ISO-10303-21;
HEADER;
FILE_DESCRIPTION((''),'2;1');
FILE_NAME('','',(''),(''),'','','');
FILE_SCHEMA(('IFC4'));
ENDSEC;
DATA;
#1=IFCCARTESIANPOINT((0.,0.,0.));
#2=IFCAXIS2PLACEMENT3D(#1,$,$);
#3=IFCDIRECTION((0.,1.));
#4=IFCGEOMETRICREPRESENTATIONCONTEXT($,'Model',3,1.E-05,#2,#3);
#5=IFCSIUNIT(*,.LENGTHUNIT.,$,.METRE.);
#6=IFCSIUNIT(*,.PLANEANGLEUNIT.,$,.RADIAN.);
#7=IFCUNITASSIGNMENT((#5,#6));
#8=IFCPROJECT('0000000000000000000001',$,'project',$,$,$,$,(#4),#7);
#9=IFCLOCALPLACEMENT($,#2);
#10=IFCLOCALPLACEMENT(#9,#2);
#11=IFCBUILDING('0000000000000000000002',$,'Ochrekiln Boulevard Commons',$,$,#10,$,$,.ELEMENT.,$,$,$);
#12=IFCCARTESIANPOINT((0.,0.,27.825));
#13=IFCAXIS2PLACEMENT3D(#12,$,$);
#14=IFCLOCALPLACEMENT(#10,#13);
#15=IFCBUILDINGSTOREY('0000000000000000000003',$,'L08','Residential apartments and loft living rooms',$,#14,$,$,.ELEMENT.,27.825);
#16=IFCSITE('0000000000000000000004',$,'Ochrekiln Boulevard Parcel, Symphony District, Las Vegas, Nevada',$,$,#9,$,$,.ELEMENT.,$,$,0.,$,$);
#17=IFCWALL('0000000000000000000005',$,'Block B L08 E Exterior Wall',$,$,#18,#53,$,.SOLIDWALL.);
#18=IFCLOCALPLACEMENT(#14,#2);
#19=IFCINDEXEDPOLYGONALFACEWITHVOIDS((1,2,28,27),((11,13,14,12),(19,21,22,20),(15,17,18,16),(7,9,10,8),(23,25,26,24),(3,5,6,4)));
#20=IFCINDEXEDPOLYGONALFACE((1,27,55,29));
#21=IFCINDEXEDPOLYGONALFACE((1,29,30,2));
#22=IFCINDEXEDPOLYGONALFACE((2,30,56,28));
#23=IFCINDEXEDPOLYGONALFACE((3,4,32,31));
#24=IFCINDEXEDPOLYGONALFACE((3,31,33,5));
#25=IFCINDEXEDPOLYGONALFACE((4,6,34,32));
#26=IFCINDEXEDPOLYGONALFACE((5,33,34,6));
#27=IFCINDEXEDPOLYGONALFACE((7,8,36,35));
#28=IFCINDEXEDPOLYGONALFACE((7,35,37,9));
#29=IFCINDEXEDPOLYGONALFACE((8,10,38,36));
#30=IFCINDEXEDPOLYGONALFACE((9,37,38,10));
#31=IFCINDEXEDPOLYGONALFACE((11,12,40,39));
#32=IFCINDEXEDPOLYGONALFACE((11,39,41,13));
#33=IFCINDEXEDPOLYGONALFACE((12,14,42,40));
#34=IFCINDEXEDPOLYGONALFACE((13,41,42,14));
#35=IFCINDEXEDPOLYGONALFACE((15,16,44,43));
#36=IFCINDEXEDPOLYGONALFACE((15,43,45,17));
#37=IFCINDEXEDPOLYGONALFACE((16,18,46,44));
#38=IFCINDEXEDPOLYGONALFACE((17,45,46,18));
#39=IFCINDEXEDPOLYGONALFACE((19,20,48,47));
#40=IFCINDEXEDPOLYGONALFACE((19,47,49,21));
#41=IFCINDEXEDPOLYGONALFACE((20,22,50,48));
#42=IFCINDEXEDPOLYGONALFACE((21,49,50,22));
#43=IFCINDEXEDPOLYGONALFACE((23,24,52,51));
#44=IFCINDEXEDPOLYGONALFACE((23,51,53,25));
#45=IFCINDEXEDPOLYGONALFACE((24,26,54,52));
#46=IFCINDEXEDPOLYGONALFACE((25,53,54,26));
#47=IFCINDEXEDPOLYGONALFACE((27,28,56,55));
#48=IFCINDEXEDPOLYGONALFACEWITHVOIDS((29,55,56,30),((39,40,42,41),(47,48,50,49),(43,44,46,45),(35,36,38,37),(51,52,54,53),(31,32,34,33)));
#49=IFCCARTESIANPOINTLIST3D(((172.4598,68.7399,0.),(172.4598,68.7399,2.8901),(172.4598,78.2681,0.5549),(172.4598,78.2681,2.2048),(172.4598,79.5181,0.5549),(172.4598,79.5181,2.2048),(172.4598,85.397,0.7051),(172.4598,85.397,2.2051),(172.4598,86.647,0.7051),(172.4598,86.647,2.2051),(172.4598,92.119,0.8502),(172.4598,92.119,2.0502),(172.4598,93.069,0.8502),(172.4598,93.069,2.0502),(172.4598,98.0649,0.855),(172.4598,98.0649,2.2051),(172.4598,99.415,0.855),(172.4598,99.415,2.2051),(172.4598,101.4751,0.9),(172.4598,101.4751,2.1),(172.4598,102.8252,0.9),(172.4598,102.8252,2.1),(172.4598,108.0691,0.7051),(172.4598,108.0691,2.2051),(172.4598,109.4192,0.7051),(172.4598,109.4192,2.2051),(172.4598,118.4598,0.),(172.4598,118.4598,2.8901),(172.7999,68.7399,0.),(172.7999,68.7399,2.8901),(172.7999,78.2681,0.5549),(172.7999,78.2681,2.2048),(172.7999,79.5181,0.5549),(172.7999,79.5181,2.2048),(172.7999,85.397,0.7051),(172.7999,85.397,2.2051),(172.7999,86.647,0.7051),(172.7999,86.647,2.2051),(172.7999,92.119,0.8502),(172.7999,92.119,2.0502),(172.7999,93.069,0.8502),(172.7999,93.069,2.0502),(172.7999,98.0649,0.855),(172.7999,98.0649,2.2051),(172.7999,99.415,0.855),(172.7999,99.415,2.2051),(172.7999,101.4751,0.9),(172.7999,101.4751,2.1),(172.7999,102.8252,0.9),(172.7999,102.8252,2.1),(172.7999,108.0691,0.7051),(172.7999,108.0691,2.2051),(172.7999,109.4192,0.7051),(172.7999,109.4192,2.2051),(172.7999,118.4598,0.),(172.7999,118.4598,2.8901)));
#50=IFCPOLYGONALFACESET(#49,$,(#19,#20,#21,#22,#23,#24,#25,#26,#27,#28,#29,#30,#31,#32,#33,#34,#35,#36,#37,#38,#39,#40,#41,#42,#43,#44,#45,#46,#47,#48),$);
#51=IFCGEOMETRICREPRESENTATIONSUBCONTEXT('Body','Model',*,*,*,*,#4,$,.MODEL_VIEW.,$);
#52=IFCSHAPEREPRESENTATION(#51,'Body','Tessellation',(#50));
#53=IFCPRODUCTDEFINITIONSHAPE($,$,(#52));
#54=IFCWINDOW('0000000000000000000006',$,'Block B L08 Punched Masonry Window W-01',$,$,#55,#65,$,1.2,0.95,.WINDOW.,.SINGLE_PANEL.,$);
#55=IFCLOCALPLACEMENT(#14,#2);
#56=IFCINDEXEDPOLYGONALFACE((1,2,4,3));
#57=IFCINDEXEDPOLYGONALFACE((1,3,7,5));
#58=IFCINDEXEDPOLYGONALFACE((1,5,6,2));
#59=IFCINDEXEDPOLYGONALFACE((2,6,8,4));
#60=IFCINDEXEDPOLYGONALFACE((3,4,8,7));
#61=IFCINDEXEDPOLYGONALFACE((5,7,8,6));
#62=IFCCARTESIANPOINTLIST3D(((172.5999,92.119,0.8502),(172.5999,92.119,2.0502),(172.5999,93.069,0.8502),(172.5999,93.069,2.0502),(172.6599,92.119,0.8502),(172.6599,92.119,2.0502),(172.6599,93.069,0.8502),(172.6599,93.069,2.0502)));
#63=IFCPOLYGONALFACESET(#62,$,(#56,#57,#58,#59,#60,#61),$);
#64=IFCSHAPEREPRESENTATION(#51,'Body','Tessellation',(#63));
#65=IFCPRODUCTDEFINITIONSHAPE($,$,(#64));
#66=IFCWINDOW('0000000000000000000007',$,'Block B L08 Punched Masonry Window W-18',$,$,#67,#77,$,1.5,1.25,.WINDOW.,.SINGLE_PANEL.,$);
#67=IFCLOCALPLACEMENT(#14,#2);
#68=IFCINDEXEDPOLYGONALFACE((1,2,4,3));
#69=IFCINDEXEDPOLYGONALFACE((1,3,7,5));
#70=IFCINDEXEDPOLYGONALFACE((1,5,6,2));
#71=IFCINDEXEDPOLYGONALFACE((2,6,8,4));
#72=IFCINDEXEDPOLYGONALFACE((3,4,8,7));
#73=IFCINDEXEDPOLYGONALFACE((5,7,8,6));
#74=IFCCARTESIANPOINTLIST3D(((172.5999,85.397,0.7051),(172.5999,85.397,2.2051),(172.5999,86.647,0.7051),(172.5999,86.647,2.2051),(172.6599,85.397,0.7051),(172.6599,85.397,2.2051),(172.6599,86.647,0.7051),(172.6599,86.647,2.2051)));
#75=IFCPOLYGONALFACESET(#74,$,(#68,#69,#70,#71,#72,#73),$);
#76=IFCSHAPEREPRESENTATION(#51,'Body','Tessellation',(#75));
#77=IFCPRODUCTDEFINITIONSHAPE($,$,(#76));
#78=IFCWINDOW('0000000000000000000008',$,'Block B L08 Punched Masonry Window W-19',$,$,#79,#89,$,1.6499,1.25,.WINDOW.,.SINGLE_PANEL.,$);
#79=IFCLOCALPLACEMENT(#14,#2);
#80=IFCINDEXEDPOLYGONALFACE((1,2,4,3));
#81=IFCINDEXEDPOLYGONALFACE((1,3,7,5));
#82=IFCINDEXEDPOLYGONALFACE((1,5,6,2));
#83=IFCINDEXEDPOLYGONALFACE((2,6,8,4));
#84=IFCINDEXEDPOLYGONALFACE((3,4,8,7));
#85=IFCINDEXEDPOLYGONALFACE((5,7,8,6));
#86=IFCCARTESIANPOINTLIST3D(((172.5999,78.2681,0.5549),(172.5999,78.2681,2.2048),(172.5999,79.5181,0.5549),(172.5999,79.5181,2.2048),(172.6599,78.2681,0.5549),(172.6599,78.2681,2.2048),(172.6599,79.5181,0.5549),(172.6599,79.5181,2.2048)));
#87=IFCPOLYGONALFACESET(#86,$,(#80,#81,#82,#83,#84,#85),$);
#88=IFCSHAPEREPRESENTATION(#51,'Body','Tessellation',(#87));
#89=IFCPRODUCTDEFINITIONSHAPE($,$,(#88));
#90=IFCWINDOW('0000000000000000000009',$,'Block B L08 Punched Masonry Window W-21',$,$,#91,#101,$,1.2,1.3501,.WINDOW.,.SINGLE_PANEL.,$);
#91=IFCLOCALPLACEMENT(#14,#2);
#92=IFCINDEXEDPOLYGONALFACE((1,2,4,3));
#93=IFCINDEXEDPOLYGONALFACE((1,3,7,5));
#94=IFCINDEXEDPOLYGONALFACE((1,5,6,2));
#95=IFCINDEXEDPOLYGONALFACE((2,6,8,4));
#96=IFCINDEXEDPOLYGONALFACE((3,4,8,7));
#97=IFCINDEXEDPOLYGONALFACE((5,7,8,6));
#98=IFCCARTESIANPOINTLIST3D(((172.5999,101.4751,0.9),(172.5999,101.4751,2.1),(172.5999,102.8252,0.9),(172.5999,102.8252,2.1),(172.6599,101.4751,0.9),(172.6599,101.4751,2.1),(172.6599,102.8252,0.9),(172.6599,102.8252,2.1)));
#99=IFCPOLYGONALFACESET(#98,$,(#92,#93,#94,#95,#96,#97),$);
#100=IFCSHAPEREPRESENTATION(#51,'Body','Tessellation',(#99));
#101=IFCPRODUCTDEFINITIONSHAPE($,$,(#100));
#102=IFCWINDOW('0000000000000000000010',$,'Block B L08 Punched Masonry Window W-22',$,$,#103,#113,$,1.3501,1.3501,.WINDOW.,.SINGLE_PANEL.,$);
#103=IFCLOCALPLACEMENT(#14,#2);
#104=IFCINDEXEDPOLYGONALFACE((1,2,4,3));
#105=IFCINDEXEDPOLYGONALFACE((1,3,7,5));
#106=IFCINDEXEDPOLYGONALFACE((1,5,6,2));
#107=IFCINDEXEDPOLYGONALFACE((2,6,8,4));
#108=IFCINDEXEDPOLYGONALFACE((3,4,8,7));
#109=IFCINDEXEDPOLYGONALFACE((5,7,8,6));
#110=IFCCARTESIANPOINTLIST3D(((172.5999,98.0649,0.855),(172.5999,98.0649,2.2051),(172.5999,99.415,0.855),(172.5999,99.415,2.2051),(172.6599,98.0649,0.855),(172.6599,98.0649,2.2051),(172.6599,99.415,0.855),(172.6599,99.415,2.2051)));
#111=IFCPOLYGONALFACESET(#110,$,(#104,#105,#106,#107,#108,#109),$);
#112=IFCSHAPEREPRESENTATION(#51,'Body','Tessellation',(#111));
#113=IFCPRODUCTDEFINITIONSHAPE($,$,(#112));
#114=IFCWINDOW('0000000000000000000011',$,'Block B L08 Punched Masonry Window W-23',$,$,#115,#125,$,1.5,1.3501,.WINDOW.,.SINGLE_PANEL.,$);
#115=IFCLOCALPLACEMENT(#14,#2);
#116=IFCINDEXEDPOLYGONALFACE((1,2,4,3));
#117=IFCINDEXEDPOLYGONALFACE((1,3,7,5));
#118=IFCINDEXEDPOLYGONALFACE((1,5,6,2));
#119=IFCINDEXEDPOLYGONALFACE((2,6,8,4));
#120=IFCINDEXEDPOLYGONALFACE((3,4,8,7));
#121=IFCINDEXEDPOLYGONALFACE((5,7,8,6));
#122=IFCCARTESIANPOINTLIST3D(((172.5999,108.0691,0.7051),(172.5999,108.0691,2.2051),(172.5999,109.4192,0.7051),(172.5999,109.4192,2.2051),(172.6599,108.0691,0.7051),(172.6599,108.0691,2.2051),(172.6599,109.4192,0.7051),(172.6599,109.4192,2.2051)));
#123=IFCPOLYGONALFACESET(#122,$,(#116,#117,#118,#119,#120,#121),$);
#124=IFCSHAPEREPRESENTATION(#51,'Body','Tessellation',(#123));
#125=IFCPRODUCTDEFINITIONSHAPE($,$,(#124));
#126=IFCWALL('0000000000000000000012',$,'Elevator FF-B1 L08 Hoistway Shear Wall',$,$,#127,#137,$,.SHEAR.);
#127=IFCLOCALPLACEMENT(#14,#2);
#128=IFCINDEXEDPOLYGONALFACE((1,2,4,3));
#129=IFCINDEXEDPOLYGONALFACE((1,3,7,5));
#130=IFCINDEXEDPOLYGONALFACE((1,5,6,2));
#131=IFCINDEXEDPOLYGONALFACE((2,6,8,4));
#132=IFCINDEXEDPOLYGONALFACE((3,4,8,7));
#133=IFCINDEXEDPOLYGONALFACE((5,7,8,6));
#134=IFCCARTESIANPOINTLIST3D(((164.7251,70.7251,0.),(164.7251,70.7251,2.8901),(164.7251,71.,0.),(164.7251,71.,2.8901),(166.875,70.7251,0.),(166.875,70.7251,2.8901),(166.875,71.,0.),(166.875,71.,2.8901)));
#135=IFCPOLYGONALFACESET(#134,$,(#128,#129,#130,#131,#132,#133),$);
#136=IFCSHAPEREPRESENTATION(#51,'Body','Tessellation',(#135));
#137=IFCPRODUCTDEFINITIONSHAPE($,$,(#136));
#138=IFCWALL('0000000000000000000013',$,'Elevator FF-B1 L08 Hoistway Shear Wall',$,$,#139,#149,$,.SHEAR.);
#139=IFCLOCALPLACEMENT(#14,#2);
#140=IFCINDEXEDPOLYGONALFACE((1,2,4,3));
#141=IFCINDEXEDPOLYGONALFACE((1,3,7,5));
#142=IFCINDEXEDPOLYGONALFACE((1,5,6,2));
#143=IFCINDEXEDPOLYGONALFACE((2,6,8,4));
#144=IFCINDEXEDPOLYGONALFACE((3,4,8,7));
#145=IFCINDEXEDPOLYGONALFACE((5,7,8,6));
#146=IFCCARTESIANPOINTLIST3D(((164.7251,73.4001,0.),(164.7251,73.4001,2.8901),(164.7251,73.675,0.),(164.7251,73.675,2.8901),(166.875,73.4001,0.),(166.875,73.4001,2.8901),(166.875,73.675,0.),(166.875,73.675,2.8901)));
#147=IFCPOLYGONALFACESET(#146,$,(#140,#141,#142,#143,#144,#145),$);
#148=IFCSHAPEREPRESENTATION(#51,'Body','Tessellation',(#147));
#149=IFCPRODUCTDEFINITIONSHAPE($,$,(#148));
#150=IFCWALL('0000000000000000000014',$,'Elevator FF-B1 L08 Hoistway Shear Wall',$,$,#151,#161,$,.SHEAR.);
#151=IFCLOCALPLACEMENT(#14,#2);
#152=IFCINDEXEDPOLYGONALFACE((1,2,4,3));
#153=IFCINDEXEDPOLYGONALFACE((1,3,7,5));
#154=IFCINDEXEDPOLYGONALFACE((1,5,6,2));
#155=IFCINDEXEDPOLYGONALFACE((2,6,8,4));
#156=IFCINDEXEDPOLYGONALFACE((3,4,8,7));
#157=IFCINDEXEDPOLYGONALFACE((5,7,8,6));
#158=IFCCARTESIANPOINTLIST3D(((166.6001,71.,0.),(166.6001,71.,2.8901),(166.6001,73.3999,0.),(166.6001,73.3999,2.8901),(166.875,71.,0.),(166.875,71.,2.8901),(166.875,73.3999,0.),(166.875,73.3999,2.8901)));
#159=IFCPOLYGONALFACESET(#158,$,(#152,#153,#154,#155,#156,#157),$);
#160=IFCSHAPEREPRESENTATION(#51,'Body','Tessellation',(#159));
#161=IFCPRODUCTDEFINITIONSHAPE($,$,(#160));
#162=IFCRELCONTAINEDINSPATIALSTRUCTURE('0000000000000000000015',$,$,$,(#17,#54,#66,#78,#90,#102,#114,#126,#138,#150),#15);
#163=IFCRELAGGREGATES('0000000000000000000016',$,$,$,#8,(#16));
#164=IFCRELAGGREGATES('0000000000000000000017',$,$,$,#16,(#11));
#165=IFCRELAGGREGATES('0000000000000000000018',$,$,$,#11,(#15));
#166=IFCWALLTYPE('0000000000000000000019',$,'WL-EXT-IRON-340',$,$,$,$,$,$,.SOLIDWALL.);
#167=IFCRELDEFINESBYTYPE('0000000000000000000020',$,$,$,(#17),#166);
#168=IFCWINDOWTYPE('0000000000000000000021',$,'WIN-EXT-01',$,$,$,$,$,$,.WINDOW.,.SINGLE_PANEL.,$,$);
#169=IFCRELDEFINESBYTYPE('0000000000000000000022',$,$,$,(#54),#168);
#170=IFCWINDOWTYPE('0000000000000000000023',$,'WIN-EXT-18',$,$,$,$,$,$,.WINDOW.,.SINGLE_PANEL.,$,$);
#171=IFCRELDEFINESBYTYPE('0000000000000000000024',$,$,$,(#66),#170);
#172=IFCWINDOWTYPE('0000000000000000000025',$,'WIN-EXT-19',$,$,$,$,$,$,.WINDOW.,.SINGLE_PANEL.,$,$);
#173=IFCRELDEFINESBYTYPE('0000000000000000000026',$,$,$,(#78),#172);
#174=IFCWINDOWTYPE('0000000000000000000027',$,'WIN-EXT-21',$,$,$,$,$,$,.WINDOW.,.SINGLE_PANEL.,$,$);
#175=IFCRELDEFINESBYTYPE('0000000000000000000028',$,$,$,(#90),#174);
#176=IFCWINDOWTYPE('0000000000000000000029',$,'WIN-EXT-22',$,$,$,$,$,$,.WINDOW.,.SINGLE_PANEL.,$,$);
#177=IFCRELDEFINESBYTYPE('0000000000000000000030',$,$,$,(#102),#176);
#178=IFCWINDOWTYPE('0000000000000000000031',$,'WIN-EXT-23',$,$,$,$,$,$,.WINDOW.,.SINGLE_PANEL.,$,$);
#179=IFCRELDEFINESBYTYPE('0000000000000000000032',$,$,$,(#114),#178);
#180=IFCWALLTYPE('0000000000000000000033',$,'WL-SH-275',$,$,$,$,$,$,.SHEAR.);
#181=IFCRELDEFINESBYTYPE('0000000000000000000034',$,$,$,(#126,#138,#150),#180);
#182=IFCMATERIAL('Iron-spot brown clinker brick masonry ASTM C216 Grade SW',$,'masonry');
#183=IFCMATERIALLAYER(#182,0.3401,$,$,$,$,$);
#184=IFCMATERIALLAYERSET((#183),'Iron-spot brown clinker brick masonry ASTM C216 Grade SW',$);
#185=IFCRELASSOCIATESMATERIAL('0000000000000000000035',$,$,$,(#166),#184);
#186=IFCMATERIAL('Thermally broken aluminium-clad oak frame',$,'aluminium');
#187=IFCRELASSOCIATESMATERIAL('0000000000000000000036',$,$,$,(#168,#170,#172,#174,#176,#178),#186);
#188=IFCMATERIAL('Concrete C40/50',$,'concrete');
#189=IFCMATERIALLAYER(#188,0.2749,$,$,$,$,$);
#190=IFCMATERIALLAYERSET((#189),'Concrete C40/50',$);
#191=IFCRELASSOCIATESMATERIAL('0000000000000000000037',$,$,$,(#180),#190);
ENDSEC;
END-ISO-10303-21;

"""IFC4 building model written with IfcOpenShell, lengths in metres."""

from ifc_helpers import new_model, si_unit, direction, frame, frame_2d, origin, place, context, subcontext, project, spatial, rectangle, extrude, material, layer, layer_set, type_object, element, fill, save


model = new_model("IFC4")

# Units and contexts
model_context = context("Model", 3, precision=1e-05, world=origin(), true_north=direction((0.0, 1.0)))
body_context = subcontext(model_context, "Body", "Model", "MODEL_VIEW")
ifc_project = project(units=[si_unit("LENGTHUNIT", "METRE"), si_unit("PLANEANGLEUNIT", "RADIAN")], contexts=[model_context])

# Site, building, storey
site_placement = place(None, origin())
site = spatial("IfcSite", under=ifc_project, at=site_placement, Name="Ochrekiln Boulevard Parcel, Symphony District, Las Vegas, Nevada", CompositionType="ELEMENT", RefElevation=0.0)
building_placement = place(site_placement, origin())
building = spatial("IfcBuilding", under=site, at=building_placement, Name="Ochrekiln Boulevard Commons", CompositionType="ELEMENT")
storey_placement = place(building_placement, frame((0.0, 0.0, 27.825)))
storey = spatial("IfcBuildingStorey", under=building, at=storey_placement, Name="L08", Description="Residential apartments and loft living rooms", CompositionType="ELEMENT", Elevation=27.825)

# Shared definitions
ifc_material_1 = material(Name="Concrete C40/50", Category="concrete")

# Wall, openings, windows
ifc_material_2 = material(Name="Iron-spot brown clinker brick masonry ASTM C216 Grade SW", Category="masonry")
ifc_layer_1 = layer(ifc_material_2, 0.3401)
ifc_layer_set_1 = layer_set([ifc_layer_1], Name="Iron-spot brown clinker brick masonry ASTM C216 Grade SW")
wall_type_1 = type_object("IfcWallType", Name="WL-EXT-IRON-340", PredefinedType="SOLIDWALL", material=ifc_layer_set_1)
wall_1_placement = place(storey_placement, frame((172.6299, 68.74, 0.0), z_axis=(0.0, 0.0, 1.0), x_axis=(0.0, 1.0, 0.0)))
wall_1 = element("IfcWall", 1, at=wall_1_placement, inside=storey, type_object=wall_type_1, Name="Block B L08 E Exterior Wall", PredefinedType="SOLIDWALL", context=body_context, shape_type="SweptSolid", body=[
    extrude(rectangle(XDim=49.72, YDim=0.3401, at=frame_2d((24.8599, 0.0))), origin(), (0.0, 0.0, 1.0), 2.8901),
])
opening_1_placement = place(wall_1_placement, frame((16.657, 0.0, 0.7051)))
opening_1 = element("IfcOpeningElement", 2, at=opening_1_placement, cuts=wall_1, PredefinedType="OPENING", context=body_context, shape_type="SweptSolid", body=[
    extrude(rectangle(XDim=1.25, YDim=1.5, at=frame_2d((0.625, 0.75))), frame((0.0, 0.1799, 0.0), z_axis=(0.0, -1.0, 0.0), x_axis=(1.0, 0.0, 0.0)), (0.0, 0.0, 1.0), 0.3601),
])
opening_2_placement = place(wall_1_placement, frame((9.5281, 0.0, 0.5549)))
opening_2 = element("IfcOpeningElement", 3, at=opening_2_placement, cuts=wall_1, PredefinedType="OPENING", context=body_context, shape_type="SweptSolid", body=[
    extrude(rectangle(XDim=1.25, YDim=1.6499, at=frame_2d((0.625, 0.825))), frame((0.0, 0.1799, 0.0), z_axis=(0.0, -1.0, 0.0), x_axis=(1.0, 0.0, 0.0)), (0.0, 0.0, 1.0), 0.3601),
])
opening_3_placement = place(wall_1_placement, frame((23.3789, 0.0, 0.8501)))
opening_3 = element("IfcOpeningElement", 4, at=opening_3_placement, cuts=wall_1, PredefinedType="OPENING", context=body_context, shape_type="SweptSolid", body=[
    extrude(rectangle(XDim=0.95, YDim=1.2, at=frame_2d((0.4751, 0.6001))), frame((0.0, 0.1799, 0.0), z_axis=(0.0, -1.0, 0.0), x_axis=(1.0, 0.0, 0.0)), (0.0, 0.0, 1.0), 0.3601),
])
opening_4_placement = place(wall_1_placement, frame((32.7351, 0.0, 0.8999)))
opening_4 = element("IfcOpeningElement", 5, at=opening_4_placement, cuts=wall_1, PredefinedType="OPENING", context=body_context, shape_type="SweptSolid", body=[
    extrude(rectangle(XDim=1.3501, YDim=1.2, at=frame_2d((0.675, 0.6001))), frame((0.0, 0.1799, 0.0), z_axis=(0.0, -1.0, 0.0), x_axis=(1.0, 0.0, 0.0)), (0.0, 0.0, 1.0), 0.3601),
])
opening_5_placement = place(wall_1_placement, frame((29.325, 0.0, 0.855)))
opening_5 = element("IfcOpeningElement", 6, at=opening_5_placement, cuts=wall_1, PredefinedType="OPENING", context=body_context, shape_type="SweptSolid", body=[
    extrude(rectangle(XDim=1.3501, YDim=1.3501, at=frame_2d((0.675, 0.675))), frame((0.0, 0.1799, 0.0), z_axis=(0.0, -1.0, 0.0), x_axis=(1.0, 0.0, 0.0)), (0.0, 0.0, 1.0), 0.3601),
])
opening_6_placement = place(wall_1_placement, frame((39.3291, 0.0, 0.7051)))
opening_6 = element("IfcOpeningElement", 7, at=opening_6_placement, cuts=wall_1, PredefinedType="OPENING", context=body_context, shape_type="SweptSolid", body=[
    extrude(rectangle(XDim=1.3501, YDim=1.5, at=frame_2d((0.675, 0.75))), frame((0.0, 0.1799, 0.0), z_axis=(0.0, -1.0, 0.0), x_axis=(1.0, 0.0, 0.0)), (0.0, 0.0, 1.0), 0.3601),
])
ifc_material_3 = material(Name="Thermally broken aluminium-clad oak frame", Category="aluminium")
window_type_1 = type_object("IfcWindowType", Name="WIN-EXT-01", PartitioningType="SINGLE_PANEL", PredefinedType="WINDOW", material=ifc_material_3)
window_1_placement = place(opening_3_placement, origin())
window_1 = element("IfcWindow", 8, at=window_1_placement, inside=storey, type_object=window_type_1, Name="Block B L08 Punched Masonry Window W-01", OverallHeight=1.2, OverallWidth=0.95, PartitioningType="SINGLE_PANEL", PredefinedType="WINDOW", context=body_context, shape_type="SweptSolid", body=[
    extrude(rectangle(XDim=0.95, YDim=1.2, at=frame_2d((0.4751, 0.6001))), frame((0.0, 0.03, 0.0), z_axis=(0.0, -1.0, 0.0), x_axis=(1.0, 0.0, 0.0)), (0.0, 0.0, 1.0), 0.0601),
])
fill(opening_3, window_1)
window_type_2 = type_object("IfcWindowType", Name="WIN-EXT-18", PartitioningType="SINGLE_PANEL", PredefinedType="WINDOW", material=ifc_material_3)
window_2_placement = place(opening_1_placement, origin())
window_2 = element("IfcWindow", 9, at=window_2_placement, inside=storey, type_object=window_type_2, Name="Block B L08 Punched Masonry Window W-18", OverallHeight=1.5, OverallWidth=1.25, PartitioningType="SINGLE_PANEL", PredefinedType="WINDOW", context=body_context, shape_type="SweptSolid", body=[
    extrude(rectangle(XDim=1.25, YDim=1.5, at=frame_2d((0.625, 0.75))), frame((0.0, 0.03, 0.0), z_axis=(0.0, -1.0, 0.0), x_axis=(1.0, 0.0, 0.0)), (0.0, 0.0, 1.0), 0.0601),
])
fill(opening_1, window_2)
window_type_3 = type_object("IfcWindowType", Name="WIN-EXT-19", PartitioningType="SINGLE_PANEL", PredefinedType="WINDOW", material=ifc_material_3)
window_3_placement = place(opening_2_placement, origin())
window_3 = element("IfcWindow", 10, at=window_3_placement, inside=storey, type_object=window_type_3, Name="Block B L08 Punched Masonry Window W-19", OverallHeight=1.6499, OverallWidth=1.25, PartitioningType="SINGLE_PANEL", PredefinedType="WINDOW", context=body_context, shape_type="SweptSolid", body=[
    extrude(rectangle(XDim=1.25, YDim=1.6499, at=frame_2d((0.625, 0.825))), frame((0.0, 0.03, 0.0), z_axis=(0.0, -1.0, 0.0), x_axis=(1.0, 0.0, 0.0)), (0.0, 0.0, 1.0), 0.0601),
])
fill(opening_2, window_3)
window_type_4 = type_object("IfcWindowType", Name="WIN-EXT-21", PartitioningType="SINGLE_PANEL", PredefinedType="WINDOW", material=ifc_material_3)
window_4_placement = place(opening_4_placement, origin())
window_4 = element("IfcWindow", 11, at=window_4_placement, inside=storey, type_object=window_type_4, Name="Block B L08 Punched Masonry Window W-21", OverallHeight=1.2, OverallWidth=1.3501, PartitioningType="SINGLE_PANEL", PredefinedType="WINDOW", context=body_context, shape_type="SweptSolid", body=[
    extrude(rectangle(XDim=1.3501, YDim=1.2, at=frame_2d((0.675, 0.6001))), frame((0.0, 0.03, 0.0), z_axis=(0.0, -1.0, 0.0), x_axis=(1.0, 0.0, 0.0)), (0.0, 0.0, 1.0), 0.0601),
])
fill(opening_4, window_4)
window_type_5 = type_object("IfcWindowType", Name="WIN-EXT-22", PartitioningType="SINGLE_PANEL", PredefinedType="WINDOW", material=ifc_material_3)
window_5_placement = place(opening_5_placement, origin())
window_5 = element("IfcWindow", 12, at=window_5_placement, inside=storey, type_object=window_type_5, Name="Block B L08 Punched Masonry Window W-22", OverallHeight=1.3501, OverallWidth=1.3501, PartitioningType="SINGLE_PANEL", PredefinedType="WINDOW", context=body_context, shape_type="SweptSolid", body=[
    extrude(rectangle(XDim=1.3501, YDim=1.3501, at=frame_2d((0.675, 0.675))), frame((0.0, 0.03, 0.0), z_axis=(0.0, -1.0, 0.0), x_axis=(1.0, 0.0, 0.0)), (0.0, 0.0, 1.0), 0.0601),
])
fill(opening_5, window_5)
window_type_6 = type_object("IfcWindowType", Name="WIN-EXT-23", PartitioningType="SINGLE_PANEL", PredefinedType="WINDOW", material=ifc_material_3)
window_6_placement = place(opening_6_placement, origin())
window_6 = element("IfcWindow", 13, at=window_6_placement, inside=storey, type_object=window_type_6, Name="Block B L08 Punched Masonry Window W-23", OverallHeight=1.5, OverallWidth=1.3501, PartitioningType="SINGLE_PANEL", PredefinedType="WINDOW", context=body_context, shape_type="SweptSolid", body=[
    extrude(rectangle(XDim=1.3501, YDim=1.5, at=frame_2d((0.675, 0.75))), frame((0.0, 0.03, 0.0), z_axis=(0.0, -1.0, 0.0), x_axis=(1.0, 0.0, 0.0)), (0.0, 0.0, 1.0), 0.0601),
])
fill(opening_6, window_6)

# Walls
ifc_layer_2 = layer(ifc_material_1, 0.2749)
ifc_layer_set_2 = layer_set([ifc_layer_2], Name="Concrete C40/50")
wall_type_2 = type_object("IfcWallType", Name="WL-SH-275", PredefinedType="SHEAR", material=ifc_layer_set_2)
for number, where, z_axis, x_axis, name in (
    (14, (164.7251, 70.8625, 0.0), (0.0, 0.0, 1.0), (1.0, 0.0, 0.0), "Elevator FF-B1 L08 Hoistway Shear Wall"),
    (15, (164.7251, 73.5376, 0.0), (0.0, 0.0, 1.0), (1.0, 0.0, 0.0), "Elevator FF-B1 L08 Hoistway Shear Wall"),
):
    element("IfcWall", number, at=place(storey_placement, frame(where, z_axis=z_axis, x_axis=x_axis)), inside=storey, type_object=wall_type_2, Name=name, PredefinedType="SHEAR", context=body_context, shape_type="SweptSolid", body=[
        extrude(rectangle(XDim=2.1499, YDim=0.2749, at=frame_2d((1.075, 0.0))), origin(), (0.0, 0.0, 1.0), 2.8901),
    ])

# Wall
wall_2_placement = place(storey_placement, frame((166.7375, 71.0, 0.0), z_axis=(0.0, 0.0, 1.0), x_axis=(0.0, 1.0, 0.0)))
element("IfcWall", 16, at=wall_2_placement, inside=storey, type_object=wall_type_2, Name="Elevator FF-B1 L08 Hoistway Shear Wall", PredefinedType="SHEAR", context=body_context, shape_type="SweptSolid", body=[
    extrude(rectangle(XDim=2.3999, YDim=0.2749, at=frame_2d((1.2, 0.0))), origin(), (0.0, 0.0, 1.0), 2.8901),
])

save(model, "model.ifc")
